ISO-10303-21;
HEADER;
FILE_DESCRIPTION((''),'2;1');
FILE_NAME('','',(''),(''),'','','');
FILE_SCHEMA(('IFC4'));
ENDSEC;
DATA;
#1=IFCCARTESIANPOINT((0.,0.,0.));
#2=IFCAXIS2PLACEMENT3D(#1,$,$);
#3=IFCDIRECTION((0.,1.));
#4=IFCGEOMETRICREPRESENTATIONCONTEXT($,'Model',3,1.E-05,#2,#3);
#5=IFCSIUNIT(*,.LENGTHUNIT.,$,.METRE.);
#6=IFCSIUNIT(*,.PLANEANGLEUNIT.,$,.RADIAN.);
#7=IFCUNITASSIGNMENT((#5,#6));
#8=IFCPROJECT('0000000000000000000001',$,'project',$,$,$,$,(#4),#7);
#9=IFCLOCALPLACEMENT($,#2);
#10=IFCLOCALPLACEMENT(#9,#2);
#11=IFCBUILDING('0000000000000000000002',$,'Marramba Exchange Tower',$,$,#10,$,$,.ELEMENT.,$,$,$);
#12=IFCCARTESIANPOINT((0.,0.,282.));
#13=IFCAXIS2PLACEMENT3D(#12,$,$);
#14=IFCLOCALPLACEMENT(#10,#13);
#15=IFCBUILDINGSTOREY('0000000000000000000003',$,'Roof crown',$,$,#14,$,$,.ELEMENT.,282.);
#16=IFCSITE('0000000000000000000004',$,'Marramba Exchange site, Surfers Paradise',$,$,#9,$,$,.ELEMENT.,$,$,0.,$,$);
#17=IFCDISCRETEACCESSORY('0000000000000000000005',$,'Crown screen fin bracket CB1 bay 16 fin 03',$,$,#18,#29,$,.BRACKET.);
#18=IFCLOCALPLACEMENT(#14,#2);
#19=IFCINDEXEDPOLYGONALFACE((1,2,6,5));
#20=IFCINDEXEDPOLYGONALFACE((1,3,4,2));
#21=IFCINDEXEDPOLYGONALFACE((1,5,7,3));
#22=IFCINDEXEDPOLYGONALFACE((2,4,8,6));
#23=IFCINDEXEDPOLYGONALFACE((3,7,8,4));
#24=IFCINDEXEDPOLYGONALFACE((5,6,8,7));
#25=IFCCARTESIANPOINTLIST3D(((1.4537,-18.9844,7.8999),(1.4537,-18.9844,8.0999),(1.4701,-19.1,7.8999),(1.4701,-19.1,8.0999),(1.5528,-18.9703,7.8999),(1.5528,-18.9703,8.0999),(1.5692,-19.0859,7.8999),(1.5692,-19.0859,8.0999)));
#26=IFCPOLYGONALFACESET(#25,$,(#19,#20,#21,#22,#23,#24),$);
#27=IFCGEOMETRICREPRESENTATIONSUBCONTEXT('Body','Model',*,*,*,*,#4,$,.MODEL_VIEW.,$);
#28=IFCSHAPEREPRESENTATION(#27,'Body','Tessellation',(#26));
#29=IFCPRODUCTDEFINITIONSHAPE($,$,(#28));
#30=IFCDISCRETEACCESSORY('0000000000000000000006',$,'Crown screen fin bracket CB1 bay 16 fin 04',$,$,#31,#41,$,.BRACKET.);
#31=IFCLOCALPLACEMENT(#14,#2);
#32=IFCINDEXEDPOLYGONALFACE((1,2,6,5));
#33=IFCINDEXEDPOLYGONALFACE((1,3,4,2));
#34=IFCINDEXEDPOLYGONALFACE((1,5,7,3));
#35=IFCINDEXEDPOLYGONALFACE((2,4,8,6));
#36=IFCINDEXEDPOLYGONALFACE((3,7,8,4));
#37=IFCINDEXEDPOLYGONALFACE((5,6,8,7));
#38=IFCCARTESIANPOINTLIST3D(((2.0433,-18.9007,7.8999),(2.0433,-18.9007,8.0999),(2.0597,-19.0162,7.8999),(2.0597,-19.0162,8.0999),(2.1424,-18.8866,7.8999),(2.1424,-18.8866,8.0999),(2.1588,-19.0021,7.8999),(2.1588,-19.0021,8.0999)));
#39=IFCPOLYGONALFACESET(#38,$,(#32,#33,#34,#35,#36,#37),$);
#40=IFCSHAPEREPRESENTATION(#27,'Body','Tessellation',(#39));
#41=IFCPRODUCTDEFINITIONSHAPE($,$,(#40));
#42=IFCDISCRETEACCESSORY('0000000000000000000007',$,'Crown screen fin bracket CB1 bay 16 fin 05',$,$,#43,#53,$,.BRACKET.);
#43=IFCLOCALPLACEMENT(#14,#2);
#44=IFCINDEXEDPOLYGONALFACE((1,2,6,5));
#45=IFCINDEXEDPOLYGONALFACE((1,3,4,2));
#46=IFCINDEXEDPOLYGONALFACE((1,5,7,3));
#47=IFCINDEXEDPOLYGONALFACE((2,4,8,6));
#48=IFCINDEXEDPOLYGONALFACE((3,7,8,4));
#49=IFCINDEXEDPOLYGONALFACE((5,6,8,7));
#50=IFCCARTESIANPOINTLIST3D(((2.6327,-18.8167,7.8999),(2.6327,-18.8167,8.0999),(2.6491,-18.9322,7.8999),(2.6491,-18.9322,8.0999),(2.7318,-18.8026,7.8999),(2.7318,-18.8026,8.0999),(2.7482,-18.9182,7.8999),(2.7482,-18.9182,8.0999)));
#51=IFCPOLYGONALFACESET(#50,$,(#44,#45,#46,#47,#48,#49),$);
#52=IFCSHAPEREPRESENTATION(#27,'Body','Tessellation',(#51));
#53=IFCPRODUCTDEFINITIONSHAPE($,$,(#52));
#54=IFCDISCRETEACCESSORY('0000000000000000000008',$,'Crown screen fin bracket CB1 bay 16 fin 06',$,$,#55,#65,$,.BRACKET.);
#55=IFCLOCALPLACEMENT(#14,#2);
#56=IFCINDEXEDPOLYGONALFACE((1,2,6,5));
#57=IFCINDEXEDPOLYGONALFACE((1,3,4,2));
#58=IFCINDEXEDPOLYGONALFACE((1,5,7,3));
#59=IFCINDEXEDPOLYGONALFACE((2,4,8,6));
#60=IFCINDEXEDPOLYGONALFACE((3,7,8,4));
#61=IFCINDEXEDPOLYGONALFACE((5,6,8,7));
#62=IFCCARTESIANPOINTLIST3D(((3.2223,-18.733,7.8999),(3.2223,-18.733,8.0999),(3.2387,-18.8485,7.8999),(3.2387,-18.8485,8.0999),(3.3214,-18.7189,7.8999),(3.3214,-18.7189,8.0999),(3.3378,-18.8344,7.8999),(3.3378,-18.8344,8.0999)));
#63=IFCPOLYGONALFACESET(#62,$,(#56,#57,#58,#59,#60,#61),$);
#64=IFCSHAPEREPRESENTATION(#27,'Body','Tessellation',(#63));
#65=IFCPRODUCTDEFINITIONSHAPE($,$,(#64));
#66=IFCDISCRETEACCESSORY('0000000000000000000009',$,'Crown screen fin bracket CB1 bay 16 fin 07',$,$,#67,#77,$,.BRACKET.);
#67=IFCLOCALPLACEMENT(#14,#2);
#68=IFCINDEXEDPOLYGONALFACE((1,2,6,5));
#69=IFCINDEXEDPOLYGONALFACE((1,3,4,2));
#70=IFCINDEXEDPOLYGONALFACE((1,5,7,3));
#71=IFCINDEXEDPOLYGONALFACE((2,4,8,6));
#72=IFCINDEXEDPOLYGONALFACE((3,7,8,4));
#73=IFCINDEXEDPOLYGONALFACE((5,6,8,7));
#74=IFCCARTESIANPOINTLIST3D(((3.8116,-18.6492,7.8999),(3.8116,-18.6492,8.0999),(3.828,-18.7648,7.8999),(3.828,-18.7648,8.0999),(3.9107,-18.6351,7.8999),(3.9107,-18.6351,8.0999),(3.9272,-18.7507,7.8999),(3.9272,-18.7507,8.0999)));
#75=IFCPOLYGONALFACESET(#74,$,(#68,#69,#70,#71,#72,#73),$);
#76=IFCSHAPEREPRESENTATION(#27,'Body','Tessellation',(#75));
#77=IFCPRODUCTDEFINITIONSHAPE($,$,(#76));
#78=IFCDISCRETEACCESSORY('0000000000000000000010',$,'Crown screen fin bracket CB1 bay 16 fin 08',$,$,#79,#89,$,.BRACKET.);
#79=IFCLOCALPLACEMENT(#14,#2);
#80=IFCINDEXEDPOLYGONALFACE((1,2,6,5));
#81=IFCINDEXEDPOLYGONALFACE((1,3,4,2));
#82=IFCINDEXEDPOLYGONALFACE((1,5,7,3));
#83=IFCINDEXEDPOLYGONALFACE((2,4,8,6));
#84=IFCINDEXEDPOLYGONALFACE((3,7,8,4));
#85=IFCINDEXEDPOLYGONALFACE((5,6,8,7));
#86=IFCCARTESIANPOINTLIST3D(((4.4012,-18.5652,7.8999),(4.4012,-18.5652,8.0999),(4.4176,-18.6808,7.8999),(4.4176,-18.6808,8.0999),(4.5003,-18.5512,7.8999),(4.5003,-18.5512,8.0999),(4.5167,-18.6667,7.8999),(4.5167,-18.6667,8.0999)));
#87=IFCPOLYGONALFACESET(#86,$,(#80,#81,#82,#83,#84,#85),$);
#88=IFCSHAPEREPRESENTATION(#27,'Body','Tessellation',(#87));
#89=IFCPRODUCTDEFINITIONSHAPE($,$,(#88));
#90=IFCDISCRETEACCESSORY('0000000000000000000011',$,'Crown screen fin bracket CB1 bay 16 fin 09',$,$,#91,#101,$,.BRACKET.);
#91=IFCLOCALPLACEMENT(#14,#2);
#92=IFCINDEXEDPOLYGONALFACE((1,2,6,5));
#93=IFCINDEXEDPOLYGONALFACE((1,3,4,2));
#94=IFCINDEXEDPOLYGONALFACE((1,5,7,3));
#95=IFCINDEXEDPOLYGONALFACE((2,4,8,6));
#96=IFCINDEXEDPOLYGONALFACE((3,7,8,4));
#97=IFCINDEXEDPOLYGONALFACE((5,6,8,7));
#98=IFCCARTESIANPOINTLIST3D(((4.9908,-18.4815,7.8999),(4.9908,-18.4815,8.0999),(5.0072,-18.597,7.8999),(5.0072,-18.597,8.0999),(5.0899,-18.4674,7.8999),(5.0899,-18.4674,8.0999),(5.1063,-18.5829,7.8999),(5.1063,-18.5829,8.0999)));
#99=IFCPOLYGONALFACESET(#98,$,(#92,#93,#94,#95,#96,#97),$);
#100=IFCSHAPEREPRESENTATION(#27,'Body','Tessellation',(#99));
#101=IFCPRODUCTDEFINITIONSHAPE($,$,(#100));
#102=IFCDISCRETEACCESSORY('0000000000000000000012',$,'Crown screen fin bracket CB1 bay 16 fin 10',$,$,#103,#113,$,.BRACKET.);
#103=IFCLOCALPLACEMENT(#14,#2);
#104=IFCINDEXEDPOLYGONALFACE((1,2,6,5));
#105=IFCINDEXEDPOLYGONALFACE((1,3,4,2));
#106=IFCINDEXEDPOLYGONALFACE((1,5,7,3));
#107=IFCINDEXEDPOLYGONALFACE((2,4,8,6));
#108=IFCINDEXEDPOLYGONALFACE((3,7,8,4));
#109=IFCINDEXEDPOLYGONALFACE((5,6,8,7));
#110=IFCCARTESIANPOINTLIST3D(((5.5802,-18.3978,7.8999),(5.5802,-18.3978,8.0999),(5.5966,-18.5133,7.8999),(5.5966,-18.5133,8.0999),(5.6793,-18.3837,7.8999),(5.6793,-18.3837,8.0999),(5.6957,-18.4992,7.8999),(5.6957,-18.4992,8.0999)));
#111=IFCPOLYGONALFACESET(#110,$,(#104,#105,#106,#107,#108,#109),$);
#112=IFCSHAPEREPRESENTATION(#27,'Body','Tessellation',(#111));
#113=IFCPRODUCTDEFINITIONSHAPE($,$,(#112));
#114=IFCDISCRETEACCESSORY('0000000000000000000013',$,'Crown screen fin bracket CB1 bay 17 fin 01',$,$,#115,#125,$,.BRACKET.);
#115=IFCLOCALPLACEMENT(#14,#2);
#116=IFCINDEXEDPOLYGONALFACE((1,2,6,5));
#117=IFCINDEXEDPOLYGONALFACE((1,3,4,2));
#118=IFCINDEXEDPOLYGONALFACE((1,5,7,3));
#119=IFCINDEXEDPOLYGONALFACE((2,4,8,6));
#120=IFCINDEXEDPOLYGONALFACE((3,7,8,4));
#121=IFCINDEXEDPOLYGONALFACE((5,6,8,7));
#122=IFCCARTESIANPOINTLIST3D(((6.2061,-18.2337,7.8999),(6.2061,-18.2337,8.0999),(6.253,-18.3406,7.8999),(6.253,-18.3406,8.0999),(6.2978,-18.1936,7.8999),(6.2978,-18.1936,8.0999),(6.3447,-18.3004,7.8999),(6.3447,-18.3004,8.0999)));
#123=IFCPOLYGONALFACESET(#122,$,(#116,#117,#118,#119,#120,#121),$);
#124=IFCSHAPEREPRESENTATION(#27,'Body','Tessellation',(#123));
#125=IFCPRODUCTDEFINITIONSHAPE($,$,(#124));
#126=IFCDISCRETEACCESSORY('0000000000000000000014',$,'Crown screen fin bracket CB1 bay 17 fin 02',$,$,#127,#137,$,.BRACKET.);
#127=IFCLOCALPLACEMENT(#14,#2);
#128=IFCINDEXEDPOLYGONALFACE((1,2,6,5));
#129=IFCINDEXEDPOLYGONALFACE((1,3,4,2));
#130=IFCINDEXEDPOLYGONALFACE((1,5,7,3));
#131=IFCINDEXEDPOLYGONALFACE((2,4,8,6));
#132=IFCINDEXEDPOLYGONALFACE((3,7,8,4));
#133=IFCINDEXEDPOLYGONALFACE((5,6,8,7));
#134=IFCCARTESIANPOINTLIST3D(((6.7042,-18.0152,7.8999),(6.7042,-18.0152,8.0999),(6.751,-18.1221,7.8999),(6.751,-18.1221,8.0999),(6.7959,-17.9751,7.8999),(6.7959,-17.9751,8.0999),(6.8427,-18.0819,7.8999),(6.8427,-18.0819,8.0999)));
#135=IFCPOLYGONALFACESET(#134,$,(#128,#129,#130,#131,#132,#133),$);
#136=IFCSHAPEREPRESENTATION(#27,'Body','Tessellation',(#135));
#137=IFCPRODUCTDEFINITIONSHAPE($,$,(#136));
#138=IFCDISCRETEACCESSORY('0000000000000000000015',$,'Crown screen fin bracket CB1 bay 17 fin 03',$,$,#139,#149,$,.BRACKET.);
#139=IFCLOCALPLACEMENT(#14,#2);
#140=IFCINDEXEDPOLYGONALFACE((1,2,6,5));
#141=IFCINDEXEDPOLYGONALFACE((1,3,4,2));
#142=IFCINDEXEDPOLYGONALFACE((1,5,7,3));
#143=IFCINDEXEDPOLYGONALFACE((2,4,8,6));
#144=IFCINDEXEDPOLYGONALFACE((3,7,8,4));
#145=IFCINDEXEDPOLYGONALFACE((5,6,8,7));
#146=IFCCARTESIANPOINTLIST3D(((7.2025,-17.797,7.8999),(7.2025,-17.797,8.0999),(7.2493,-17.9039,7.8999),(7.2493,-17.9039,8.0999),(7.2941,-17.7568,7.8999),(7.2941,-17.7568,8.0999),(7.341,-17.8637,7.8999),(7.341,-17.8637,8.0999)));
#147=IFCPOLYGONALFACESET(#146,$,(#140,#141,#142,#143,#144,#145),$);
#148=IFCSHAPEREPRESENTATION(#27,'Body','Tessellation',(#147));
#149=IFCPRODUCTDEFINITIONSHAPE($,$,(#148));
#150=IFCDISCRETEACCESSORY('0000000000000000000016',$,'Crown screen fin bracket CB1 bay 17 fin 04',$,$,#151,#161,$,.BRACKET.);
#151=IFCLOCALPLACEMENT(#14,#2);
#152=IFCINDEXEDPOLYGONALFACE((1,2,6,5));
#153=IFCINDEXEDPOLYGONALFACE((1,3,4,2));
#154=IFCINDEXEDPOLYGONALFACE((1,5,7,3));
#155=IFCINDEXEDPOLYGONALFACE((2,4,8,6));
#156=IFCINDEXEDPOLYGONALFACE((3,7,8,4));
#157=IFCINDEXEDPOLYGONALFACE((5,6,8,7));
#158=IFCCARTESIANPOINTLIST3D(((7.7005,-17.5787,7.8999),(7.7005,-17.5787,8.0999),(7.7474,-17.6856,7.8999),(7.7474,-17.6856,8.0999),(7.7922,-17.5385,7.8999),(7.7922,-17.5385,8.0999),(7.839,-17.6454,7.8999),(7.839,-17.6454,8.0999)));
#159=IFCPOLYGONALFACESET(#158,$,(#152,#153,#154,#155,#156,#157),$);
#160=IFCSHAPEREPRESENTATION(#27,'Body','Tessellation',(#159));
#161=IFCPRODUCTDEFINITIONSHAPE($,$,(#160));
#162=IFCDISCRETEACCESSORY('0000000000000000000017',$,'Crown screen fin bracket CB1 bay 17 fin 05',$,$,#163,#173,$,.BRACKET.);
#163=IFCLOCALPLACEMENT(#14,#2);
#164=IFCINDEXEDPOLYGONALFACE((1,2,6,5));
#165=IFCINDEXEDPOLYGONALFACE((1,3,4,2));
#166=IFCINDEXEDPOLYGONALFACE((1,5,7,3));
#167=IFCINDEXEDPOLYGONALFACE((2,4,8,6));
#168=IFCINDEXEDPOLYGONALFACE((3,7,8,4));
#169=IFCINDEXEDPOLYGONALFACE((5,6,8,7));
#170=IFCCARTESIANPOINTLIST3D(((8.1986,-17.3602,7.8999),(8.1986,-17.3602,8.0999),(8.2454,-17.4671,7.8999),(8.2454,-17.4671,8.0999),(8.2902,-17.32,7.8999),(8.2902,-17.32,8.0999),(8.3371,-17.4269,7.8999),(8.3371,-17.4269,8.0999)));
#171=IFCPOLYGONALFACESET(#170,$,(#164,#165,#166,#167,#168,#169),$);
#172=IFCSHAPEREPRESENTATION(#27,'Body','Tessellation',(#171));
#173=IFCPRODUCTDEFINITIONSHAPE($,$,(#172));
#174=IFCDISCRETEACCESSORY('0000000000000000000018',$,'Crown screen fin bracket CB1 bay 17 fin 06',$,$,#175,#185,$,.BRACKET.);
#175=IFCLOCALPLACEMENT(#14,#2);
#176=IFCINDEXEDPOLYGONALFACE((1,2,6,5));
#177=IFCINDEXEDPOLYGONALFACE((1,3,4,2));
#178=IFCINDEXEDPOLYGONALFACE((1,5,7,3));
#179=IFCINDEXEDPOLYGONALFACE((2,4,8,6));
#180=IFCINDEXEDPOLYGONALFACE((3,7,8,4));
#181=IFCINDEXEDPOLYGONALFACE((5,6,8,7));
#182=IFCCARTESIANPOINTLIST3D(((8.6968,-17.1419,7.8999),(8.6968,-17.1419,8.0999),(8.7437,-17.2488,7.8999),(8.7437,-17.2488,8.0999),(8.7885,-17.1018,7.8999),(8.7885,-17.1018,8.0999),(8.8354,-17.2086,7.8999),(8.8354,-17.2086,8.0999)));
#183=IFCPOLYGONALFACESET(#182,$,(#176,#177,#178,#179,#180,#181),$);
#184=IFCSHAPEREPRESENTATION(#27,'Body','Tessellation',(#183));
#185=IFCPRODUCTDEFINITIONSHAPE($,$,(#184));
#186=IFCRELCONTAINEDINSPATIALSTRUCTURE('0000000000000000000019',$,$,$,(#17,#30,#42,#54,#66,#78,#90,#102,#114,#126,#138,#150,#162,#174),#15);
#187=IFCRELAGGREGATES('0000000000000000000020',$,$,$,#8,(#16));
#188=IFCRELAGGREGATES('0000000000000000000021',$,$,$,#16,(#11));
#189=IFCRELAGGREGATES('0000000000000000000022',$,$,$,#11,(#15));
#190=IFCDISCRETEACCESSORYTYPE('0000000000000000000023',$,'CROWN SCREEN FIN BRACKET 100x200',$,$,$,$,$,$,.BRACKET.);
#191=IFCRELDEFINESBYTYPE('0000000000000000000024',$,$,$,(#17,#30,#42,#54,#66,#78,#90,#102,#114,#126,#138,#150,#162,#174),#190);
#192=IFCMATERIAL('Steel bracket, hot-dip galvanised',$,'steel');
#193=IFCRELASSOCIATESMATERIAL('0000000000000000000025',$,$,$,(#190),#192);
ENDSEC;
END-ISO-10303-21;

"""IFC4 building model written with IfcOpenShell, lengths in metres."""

from ifc_helpers import new_model, si_unit, direction, frame, origin, origin_2d, place, context, subcontext, project, spatial, rectangle, extrude, material, type_object, element, save


model = new_model("IFC4")

# Units and contexts
model_context = context("Model", 3, precision=1e-05, world=origin(), true_north=direction((0.0, 1.0)))
body_context = subcontext(model_context, "Body", "Model", "MODEL_VIEW")
ifc_project = project(units=[si_unit("LENGTHUNIT", "METRE"), si_unit("PLANEANGLEUNIT", "RADIAN")], contexts=[model_context])

# Site, building, storey
site_placement = place(None, origin())
site = spatial("IfcSite", under=ifc_project, at=site_placement, Name="Marramba Exchange site, Surfers Paradise", CompositionType="ELEMENT", RefElevation=0.0)
building_placement = place(site_placement, origin())
building = spatial("IfcBuilding", under=site, at=building_placement, Name="Marramba Exchange Tower", CompositionType="ELEMENT")
storey_placement = place(building_placement, frame((0.0, 0.0, 282.0)))
storey = spatial("IfcBuildingStorey", under=building, at=storey_placement, Name="Roof crown", CompositionType="ELEMENT", Elevation=282.0)

# Discrete accessories
ifc_material_1 = material(Name="Steel bracket, hot-dip galvanised", Category="steel")
discrete_accessory_type_1 = type_object("IfcDiscreteAccessoryType", Name="CROWN SCREEN FIN BRACKET 100x200", PredefinedType="BRACKET", material=ifc_material_1)
for number, where, z_axis, x_axis, name in (
    (1, (1.5115, -19.0352, 7.8999), (0.0, 0.0, 1.0), (0.99004, 0.140789, 0.0), "Crown screen fin bracket CB1 bay 16 fin 03"),
    (2, (2.1011, -18.9514, 7.8999), (0.0, 0.0, 1.0), (0.99004, 0.140789, 0.0), "Crown screen fin bracket CB1 bay 16 fin 04"),
    (3, (2.6904, -18.8674, 7.8999), (0.0, 0.0, 1.0), (0.99004, 0.140789, 0.0), "Crown screen fin bracket CB1 bay 16 fin 05"),
    (4, (3.28, -18.7837, 7.8999), (0.0, 0.0, 1.0), (0.99004, 0.140789, 0.0), "Crown screen fin bracket CB1 bay 16 fin 06"),
    (5, (3.8694, -18.7, 7.8999), (0.0, 0.0, 1.0), (0.99004, 0.140789, 0.0), "Crown screen fin bracket CB1 bay 16 fin 07"),
    (6, (4.459, -18.616, 7.8999), (0.0, 0.0, 1.0), (0.99004, 0.140789, 0.0), "Crown screen fin bracket CB1 bay 16 fin 08"),
    (7, (5.0486, -18.5322, 7.8999), (0.0, 0.0, 1.0), (0.99004, 0.140789, 0.0), "Crown screen fin bracket CB1 bay 16 fin 09"),
    (8, (5.6379, -18.4485, 7.8999), (0.0, 0.0, 1.0), (0.99004, 0.140789, 0.0), "Crown screen fin bracket CB1 bay 16 fin 10"),
    (9, (6.2754, -18.2671, 7.8999), (0.0, 0.0, 1.0), (0.915874, 0.401466, 0.0), "Crown screen fin bracket CB1 bay 17 fin 01"),
    (10, (6.7734, -18.0486, 7.8999), (0.0, 0.0, 1.0), (0.915874, 0.401466, 0.0), "Crown screen fin bracket CB1 bay 17 fin 02"),
    (11, (7.2717, -17.8303, 7.8999), (0.0, 0.0, 1.0), (0.915874, 0.401466, 0.0), "Crown screen fin bracket CB1 bay 17 fin 03"),
    (12, (7.7698, -17.6121, 7.8999), (0.0, 0.0, 1.0), (0.915874, 0.401466, 0.0), "Crown screen fin bracket CB1 bay 17 fin 04"),
    (13, (8.2678, -17.3936, 7.8999), (0.0, 0.0, 1.0), (0.915874, 0.401466, 0.0), "Crown screen fin bracket CB1 bay 17 fin 05"),
    (14, (8.7661, -17.1753, 7.8999), (0.0, 0.0, 1.0), (0.915874, 0.401466, 0.0), "Crown screen fin bracket CB1 bay 17 fin 06"),
):
    element("IfcDiscreteAccessory", number, at=place(storey_placement, frame(where, z_axis=z_axis, x_axis=x_axis)), inside=storey, type_object=discrete_accessory_type_1, Name=name, PredefinedType="BRACKET", context=body_context, shape_type="SweptSolid", body=[
        extrude(rectangle(XDim=0.1001, YDim=0.1167, at=origin_2d()), origin(), (0.0, 0.0, 1.0), 0.2),
    ])

save(model, "model.ifc")
